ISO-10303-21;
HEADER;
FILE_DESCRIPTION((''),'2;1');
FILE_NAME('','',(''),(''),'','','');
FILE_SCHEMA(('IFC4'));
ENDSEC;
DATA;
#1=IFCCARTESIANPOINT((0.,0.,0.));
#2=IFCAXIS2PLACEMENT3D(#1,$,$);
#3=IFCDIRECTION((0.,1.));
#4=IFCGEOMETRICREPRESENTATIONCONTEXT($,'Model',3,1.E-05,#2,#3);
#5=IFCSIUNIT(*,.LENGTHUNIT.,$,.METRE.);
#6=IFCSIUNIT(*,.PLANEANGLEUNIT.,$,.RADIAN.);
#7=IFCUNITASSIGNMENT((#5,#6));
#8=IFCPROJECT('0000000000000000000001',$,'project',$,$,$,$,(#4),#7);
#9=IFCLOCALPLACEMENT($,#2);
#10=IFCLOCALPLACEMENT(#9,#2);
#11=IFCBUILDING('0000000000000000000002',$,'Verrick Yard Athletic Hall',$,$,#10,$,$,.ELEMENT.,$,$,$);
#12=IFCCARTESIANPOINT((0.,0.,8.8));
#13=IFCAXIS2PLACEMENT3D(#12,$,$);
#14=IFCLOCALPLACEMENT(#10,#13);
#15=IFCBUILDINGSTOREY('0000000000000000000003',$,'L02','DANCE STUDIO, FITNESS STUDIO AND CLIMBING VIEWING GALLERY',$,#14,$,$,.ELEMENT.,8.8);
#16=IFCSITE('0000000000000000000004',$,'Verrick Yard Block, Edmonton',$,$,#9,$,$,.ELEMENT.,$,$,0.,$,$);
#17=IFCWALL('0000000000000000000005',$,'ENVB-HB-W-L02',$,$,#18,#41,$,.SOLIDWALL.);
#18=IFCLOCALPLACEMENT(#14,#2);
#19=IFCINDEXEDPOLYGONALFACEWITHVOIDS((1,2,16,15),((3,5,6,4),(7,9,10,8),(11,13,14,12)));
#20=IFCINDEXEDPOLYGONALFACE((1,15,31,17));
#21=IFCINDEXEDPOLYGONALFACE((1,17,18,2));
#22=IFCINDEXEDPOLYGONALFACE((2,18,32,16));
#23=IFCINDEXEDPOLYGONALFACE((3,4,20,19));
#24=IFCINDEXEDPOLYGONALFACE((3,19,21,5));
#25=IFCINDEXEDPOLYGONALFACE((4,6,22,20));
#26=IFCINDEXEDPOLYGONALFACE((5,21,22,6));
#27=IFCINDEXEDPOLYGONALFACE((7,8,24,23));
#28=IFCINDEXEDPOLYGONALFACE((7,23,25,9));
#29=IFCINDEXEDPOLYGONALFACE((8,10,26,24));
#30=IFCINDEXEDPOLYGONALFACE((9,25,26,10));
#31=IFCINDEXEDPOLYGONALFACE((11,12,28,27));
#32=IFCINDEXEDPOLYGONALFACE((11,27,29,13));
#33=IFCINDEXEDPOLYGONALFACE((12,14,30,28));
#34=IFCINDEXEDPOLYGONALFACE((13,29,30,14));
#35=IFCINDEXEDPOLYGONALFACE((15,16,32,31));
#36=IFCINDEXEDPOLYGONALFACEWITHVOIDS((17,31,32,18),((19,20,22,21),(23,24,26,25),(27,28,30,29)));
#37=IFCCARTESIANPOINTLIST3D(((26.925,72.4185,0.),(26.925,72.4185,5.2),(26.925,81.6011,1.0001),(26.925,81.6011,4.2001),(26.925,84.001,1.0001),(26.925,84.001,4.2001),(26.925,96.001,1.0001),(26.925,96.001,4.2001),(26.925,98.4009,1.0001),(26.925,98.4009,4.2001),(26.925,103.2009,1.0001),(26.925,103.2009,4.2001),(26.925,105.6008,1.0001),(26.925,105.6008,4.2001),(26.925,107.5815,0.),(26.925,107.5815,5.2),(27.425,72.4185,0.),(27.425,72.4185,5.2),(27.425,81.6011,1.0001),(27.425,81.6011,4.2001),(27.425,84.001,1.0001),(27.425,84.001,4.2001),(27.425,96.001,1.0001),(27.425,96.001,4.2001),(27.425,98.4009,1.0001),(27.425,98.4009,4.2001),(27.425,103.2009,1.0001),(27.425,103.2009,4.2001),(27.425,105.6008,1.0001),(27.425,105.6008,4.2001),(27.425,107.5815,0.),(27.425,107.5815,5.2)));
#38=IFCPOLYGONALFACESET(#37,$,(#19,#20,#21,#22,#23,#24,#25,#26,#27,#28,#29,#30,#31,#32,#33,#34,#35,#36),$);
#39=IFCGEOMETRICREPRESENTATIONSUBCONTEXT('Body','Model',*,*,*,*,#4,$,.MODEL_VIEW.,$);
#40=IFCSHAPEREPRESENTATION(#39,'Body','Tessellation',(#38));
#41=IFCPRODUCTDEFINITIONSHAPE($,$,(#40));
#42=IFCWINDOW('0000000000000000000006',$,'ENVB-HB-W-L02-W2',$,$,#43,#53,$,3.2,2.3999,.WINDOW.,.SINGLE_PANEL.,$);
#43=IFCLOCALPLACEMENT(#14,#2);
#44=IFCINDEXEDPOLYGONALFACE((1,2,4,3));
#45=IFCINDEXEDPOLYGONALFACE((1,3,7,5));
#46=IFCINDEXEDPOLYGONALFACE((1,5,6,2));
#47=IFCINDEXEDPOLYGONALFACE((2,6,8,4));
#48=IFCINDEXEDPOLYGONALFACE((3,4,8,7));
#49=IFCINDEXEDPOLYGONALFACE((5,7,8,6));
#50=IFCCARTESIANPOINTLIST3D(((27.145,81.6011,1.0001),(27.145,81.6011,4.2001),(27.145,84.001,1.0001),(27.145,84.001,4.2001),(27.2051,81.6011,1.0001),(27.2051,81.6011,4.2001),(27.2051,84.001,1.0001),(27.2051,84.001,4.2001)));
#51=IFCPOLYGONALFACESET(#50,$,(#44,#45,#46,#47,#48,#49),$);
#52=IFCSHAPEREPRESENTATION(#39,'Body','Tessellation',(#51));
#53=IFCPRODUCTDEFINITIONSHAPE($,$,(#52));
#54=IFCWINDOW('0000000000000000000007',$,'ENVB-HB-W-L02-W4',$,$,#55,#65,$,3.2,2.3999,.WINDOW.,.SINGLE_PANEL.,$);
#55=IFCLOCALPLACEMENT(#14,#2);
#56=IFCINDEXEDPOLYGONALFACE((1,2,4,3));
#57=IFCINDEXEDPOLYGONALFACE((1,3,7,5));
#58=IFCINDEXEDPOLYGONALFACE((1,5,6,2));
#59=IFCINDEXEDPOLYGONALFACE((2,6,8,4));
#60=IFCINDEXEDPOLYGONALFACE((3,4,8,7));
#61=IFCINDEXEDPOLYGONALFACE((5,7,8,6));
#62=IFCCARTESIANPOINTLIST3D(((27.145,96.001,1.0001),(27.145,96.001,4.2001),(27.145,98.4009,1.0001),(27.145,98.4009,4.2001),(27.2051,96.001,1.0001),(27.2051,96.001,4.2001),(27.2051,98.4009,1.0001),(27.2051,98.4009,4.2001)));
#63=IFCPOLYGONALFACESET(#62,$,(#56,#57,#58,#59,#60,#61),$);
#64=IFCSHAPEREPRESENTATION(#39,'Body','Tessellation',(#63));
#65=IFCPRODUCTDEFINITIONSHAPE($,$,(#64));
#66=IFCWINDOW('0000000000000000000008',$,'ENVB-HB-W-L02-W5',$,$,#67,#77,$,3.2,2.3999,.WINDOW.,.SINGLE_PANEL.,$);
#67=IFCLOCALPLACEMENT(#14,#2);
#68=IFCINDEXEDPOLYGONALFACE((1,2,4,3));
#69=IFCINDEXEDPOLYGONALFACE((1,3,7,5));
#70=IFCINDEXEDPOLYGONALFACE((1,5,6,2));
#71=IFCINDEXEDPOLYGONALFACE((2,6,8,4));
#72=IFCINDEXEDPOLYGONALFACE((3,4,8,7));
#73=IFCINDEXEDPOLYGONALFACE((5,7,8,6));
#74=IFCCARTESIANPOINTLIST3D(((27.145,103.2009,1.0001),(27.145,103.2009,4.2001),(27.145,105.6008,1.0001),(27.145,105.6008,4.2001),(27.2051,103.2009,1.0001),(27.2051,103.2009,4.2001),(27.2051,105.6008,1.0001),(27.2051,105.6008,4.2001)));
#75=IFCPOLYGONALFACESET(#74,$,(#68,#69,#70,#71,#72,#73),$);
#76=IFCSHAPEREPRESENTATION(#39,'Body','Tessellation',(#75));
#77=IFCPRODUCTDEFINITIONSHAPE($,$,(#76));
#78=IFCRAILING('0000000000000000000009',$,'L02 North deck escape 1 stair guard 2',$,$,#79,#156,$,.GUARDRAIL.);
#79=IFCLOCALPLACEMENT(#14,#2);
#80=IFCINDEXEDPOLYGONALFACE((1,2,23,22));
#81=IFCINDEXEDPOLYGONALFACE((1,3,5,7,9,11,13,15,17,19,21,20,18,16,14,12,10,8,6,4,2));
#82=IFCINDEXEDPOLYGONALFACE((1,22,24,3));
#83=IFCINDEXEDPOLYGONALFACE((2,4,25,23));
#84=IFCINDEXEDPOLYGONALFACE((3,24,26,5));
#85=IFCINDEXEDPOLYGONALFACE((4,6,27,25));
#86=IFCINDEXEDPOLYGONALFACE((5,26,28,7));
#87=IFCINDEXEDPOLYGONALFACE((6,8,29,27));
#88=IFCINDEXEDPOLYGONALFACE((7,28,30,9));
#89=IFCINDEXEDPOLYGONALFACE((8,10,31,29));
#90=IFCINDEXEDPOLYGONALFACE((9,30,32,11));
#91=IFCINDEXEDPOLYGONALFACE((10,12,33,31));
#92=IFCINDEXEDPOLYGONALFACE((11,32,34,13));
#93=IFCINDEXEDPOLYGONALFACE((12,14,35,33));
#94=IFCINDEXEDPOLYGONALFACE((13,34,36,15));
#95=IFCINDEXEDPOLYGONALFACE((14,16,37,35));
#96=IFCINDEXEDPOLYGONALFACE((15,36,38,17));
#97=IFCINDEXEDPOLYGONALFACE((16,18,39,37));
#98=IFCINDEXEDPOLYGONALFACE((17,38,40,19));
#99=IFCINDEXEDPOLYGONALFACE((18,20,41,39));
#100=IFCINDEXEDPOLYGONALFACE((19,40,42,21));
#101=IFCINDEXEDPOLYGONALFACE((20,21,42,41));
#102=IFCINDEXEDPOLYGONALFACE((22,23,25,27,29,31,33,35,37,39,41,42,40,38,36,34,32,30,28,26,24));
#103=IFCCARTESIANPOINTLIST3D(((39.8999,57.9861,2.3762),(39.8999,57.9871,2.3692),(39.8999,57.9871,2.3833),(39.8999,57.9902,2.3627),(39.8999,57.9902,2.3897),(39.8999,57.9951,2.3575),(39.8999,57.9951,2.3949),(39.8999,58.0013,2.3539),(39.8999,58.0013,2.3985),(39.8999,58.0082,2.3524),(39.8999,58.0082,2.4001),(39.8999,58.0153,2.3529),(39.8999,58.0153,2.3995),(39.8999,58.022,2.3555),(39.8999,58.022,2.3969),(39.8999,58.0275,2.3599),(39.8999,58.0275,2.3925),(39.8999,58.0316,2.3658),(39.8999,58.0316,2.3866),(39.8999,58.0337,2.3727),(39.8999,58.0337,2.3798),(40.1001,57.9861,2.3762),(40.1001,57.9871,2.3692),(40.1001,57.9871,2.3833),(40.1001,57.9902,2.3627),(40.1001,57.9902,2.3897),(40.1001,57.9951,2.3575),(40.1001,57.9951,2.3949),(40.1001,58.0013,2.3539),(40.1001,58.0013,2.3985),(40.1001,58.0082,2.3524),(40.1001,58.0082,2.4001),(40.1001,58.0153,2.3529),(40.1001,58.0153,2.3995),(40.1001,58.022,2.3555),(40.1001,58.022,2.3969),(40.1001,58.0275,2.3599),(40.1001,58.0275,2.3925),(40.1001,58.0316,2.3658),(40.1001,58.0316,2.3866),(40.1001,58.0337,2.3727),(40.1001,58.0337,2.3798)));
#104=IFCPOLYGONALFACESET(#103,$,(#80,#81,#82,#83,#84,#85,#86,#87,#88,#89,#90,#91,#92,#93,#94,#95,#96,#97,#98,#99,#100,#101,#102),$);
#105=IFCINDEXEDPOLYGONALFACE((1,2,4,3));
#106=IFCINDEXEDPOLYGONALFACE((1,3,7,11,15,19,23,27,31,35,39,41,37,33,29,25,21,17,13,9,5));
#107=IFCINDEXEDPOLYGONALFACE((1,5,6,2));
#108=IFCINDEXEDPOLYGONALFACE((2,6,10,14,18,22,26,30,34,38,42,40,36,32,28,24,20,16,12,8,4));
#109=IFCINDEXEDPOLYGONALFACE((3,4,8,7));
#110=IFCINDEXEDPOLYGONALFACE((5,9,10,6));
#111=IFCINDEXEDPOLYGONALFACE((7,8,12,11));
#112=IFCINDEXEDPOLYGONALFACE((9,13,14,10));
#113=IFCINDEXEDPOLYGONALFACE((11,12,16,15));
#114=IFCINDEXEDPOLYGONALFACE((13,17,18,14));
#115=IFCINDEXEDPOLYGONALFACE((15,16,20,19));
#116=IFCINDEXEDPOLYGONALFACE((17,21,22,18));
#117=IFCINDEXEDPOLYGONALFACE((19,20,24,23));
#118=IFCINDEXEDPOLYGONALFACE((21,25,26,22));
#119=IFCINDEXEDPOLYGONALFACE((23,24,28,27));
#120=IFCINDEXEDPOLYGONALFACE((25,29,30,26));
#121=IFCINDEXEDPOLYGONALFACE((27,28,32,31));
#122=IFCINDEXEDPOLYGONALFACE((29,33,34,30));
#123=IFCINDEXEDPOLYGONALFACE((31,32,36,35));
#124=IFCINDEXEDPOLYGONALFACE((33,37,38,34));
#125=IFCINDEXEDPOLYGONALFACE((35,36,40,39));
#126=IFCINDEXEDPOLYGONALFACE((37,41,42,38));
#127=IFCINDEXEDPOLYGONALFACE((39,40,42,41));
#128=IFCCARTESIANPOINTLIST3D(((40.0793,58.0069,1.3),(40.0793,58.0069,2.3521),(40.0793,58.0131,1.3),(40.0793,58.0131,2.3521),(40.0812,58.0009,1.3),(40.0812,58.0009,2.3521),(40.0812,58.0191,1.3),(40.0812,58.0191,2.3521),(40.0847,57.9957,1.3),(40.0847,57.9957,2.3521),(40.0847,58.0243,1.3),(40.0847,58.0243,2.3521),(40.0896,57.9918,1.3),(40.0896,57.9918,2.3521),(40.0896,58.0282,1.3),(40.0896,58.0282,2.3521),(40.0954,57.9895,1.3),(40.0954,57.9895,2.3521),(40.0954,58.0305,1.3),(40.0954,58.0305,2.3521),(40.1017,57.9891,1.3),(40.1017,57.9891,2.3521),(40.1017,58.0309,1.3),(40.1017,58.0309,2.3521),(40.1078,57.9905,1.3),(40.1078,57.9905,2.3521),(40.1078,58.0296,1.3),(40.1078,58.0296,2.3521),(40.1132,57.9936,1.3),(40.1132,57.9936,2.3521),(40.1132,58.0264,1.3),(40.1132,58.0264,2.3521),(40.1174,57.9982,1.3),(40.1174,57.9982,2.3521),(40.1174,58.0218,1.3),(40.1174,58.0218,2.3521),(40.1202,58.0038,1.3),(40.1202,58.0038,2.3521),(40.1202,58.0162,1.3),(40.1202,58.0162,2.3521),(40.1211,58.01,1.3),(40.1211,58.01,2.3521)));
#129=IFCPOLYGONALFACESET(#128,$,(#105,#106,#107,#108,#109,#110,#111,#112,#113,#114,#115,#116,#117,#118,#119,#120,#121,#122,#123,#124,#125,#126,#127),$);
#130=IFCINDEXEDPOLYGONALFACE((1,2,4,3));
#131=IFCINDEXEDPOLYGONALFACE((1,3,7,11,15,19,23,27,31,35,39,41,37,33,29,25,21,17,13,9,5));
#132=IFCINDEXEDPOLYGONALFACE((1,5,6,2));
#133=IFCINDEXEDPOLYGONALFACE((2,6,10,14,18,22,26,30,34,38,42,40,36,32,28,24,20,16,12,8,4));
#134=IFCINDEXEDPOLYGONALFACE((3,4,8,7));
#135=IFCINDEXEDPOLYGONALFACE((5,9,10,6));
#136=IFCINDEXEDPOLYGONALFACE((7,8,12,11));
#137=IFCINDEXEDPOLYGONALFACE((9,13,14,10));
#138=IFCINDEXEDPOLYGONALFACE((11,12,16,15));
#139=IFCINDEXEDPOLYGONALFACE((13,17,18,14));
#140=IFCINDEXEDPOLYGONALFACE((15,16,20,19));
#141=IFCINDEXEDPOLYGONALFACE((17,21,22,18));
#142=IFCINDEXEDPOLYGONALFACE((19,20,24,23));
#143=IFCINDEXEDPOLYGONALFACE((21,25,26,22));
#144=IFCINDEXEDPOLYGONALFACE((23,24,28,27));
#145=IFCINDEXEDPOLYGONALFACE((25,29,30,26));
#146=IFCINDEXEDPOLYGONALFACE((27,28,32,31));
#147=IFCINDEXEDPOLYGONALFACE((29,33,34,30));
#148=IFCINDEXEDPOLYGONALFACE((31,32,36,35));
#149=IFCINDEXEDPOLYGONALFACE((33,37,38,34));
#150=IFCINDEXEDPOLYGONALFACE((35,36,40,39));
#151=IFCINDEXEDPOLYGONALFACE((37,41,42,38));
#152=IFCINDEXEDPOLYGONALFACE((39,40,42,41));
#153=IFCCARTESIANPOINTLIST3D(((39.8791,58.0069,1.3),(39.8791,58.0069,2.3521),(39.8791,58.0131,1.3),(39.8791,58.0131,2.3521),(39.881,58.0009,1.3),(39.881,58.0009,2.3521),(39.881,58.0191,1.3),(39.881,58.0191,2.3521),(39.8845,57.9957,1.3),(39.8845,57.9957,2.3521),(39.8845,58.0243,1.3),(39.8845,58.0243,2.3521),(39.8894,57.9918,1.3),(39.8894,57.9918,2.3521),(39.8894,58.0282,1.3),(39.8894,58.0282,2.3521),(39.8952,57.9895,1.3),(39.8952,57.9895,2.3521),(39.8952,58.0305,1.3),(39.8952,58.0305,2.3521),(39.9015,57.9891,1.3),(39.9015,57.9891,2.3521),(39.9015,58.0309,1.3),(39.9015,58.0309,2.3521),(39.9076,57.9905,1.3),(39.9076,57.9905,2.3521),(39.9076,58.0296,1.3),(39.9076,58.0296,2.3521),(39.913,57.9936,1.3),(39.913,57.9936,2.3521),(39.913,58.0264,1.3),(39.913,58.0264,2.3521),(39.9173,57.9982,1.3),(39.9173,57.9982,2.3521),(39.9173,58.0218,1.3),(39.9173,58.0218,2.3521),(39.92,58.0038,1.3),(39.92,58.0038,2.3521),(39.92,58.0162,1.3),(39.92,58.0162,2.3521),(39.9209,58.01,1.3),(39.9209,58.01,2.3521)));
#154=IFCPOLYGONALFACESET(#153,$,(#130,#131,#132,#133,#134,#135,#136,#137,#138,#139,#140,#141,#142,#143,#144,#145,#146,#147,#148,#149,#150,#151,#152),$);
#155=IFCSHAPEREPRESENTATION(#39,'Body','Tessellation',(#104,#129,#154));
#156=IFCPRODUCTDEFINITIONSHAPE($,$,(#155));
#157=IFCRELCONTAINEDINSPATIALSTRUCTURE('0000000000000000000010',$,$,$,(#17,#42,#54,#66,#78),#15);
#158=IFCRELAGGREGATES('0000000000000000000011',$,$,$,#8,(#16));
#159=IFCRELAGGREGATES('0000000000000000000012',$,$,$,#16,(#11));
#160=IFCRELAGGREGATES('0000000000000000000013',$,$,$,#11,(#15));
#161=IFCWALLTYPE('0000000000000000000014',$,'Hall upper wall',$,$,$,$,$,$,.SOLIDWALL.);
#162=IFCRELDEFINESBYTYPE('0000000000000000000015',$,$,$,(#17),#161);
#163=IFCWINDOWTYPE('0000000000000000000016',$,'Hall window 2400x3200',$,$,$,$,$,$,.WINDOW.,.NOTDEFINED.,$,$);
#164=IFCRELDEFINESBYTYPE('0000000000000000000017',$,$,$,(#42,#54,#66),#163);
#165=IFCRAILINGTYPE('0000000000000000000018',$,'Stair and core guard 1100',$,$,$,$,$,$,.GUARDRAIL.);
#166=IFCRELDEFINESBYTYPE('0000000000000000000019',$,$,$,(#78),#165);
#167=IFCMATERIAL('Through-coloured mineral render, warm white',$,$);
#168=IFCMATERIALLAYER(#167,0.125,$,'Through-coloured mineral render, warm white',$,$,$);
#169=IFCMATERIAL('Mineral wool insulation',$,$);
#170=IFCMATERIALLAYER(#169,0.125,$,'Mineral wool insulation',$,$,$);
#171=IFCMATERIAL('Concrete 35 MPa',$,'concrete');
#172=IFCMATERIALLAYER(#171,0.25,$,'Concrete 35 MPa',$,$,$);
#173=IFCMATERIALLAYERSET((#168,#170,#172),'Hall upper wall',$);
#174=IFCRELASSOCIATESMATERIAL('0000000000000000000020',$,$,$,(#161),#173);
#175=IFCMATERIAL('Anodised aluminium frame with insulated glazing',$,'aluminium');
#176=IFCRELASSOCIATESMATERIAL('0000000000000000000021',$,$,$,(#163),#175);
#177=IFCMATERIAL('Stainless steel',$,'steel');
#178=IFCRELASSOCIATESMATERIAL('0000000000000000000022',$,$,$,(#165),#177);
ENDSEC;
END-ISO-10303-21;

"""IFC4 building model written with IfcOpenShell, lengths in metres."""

from ifc_helpers import new_model, si_unit, direction, frame, frame_2d, origin, origin_2d, place, context, subcontext, project, spatial, rectangle, circle, extrude, material, layer, layer_set, type_object, element, fill, save


model = new_model("IFC4")

# Units and contexts
model_context = context("Model", 3, precision=1e-05, world=origin(), true_north=direction((0.0, 1.0)))
body_context = subcontext(model_context, "Body", "Model", "MODEL_VIEW")
ifc_project = project(units=[si_unit("LENGTHUNIT", "METRE"), si_unit("PLANEANGLEUNIT", "RADIAN")], contexts=[model_context])

# Site, building, storey
site_placement = place(None, origin())
site = spatial("IfcSite", under=ifc_project, at=site_placement, Name="Verrick Yard Block, Edmonton", CompositionType="ELEMENT", RefElevation=0.0)
building_placement = place(site_placement, origin())
building = spatial("IfcBuilding", under=site, at=building_placement, Name="Verrick Yard Athletic Hall", CompositionType="ELEMENT")
storey_placement = place(building_placement, frame((0.0, 0.0, 8.8)))
storey = spatial("IfcBuildingStorey", under=building, at=storey_placement, Name="L02", Description="DANCE STUDIO, FITNESS STUDIO AND CLIMBING VIEWING GALLERY", CompositionType="ELEMENT", Elevation=8.8)

# Shared definitions
ifc_material_1 = material(Name="Concrete 35 MPa", Category="concrete")
ifc_material_2 = material(Name="Mineral wool insulation")

# Wall, openings, windows
ifc_material_3 = material(Name="Through-coloured mineral render, warm white")
ifc_layer_1 = layer(ifc_material_3, 0.125, Name="Through-coloured mineral render, warm white")
ifc_layer_2 = layer(ifc_material_2, 0.125, Name="Mineral wool insulation")
ifc_layer_3 = layer(ifc_material_1, 0.25, Name="Concrete 35 MPa")
ifc_layer_set_1 = layer_set([ifc_layer_1, ifc_layer_2, ifc_layer_3], Name="Hall upper wall")
wall_type_1 = type_object("IfcWallType", Name="Hall upper wall", PredefinedType="SOLIDWALL", material=ifc_layer_set_1)
wall_1_placement = place(storey_placement, frame((27.175, 72.4185, 0.0), z_axis=(0.0, 0.0, 1.0), x_axis=(0.0, 1.0, 0.0)))
wall_1 = element("IfcWall", 1, at=wall_1_placement, inside=storey, type_object=wall_type_1, Name="ENVB-HB-W-L02", PredefinedType="SOLIDWALL", context=body_context, shape_type="SweptSolid", body=[
    extrude(rectangle(XDim=35.1631, YDim=0.5, at=frame_2d((17.5815, 0.0))), origin(), (0.0, 0.0, 1.0), 5.2),
])
opening_1_placement = place(wall_1_placement, frame((9.1826, 0.0, 1.0)))
opening_1 = element("IfcOpeningElement", 2, at=opening_1_placement, cuts=wall_1, PredefinedType="OPENING", context=body_context, shape_type="SweptSolid", body=[
    extrude(rectangle(XDim=2.3999, YDim=3.2, at=frame_2d((1.2, 1.6001))), frame((0.0, 0.26, 0.0), z_axis=(0.0, -1.0, 0.0), x_axis=(1.0, 0.0, 0.0)), (0.0, 0.0, 1.0), 0.52),
])
opening_2_placement = place(wall_1_placement, frame((23.5825, 0.0, 1.0)))
opening_2 = element("IfcOpeningElement", 3, at=opening_2_placement, cuts=wall_1, PredefinedType="OPENING", context=body_context, shape_type="SweptSolid", body=[
    extrude(rectangle(XDim=2.3999, YDim=3.2, at=frame_2d((1.2, 1.6001))), frame((0.0, 0.26, 0.0), z_axis=(0.0, -1.0, 0.0), x_axis=(1.0, 0.0, 0.0)), (0.0, 0.0, 1.0), 0.52),
])
opening_3_placement = place(wall_1_placement, frame((30.7825, 0.0, 1.0)))
opening_3 = element("IfcOpeningElement", 4, at=opening_3_placement, cuts=wall_1, PredefinedType="OPENING", context=body_context, shape_type="SweptSolid", body=[
    extrude(rectangle(XDim=2.3999, YDim=3.2, at=frame_2d((1.2, 1.6001))), frame((0.0, 0.26, 0.0), z_axis=(0.0, -1.0, 0.0), x_axis=(1.0, 0.0, 0.0)), (0.0, 0.0, 1.0), 0.52),
])
ifc_material_4 = material(Name="Anodised aluminium frame with insulated glazing", Category="aluminium")
window_type = type_object("IfcWindowType", Name="Hall window 2400x3200", PartitioningType="NOTDEFINED", PredefinedType="WINDOW", material=ifc_material_4)
window_1_placement = place(opening_1_placement, origin())
window_1 = element("IfcWindow", 5, at=window_1_placement, inside=storey, type_object=window_type, Name="ENVB-HB-W-L02-W2", OverallHeight=3.2, OverallWidth=2.3999, PartitioningType="SINGLE_PANEL", PredefinedType="WINDOW", context=body_context, shape_type="SweptSolid", body=[
    extrude(rectangle(XDim=2.3999, YDim=3.2, at=frame_2d((1.2, 1.6001))), frame((0.0, 0.03, 0.0), z_axis=(0.0, -1.0, 0.0), x_axis=(1.0, 0.0, 0.0)), (0.0, 0.0, 1.0), 0.0601),
])
fill(opening_1, window_1)
window_2_placement = place(opening_2_placement, origin())
window_2 = element("IfcWindow", 6, at=window_2_placement, inside=storey, type_object=window_type, Name="ENVB-HB-W-L02-W4", OverallHeight=3.2, OverallWidth=2.3999, PartitioningType="SINGLE_PANEL", PredefinedType="WINDOW", context=body_context, shape_type="SweptSolid", body=[
    extrude(rectangle(XDim=2.3999, YDim=3.2, at=frame_2d((1.2, 1.6001))), frame((0.0, 0.03, 0.0), z_axis=(0.0, -1.0, 0.0), x_axis=(1.0, 0.0, 0.0)), (0.0, 0.0, 1.0), 0.0601),
])
fill(opening_2, window_2)
window_3_placement = place(opening_3_placement, origin())
window_3 = element("IfcWindow", 7, at=window_3_placement, inside=storey, type_object=window_type, Name="ENVB-HB-W-L02-W5", OverallHeight=3.2, OverallWidth=2.3999, PartitioningType="SINGLE_PANEL", PredefinedType="WINDOW", context=body_context, shape_type="SweptSolid", body=[
    extrude(rectangle(XDim=2.3999, YDim=3.2, at=frame_2d((1.2, 1.6001))), frame((0.0, 0.03, 0.0), z_axis=(0.0, -1.0, 0.0), x_axis=(1.0, 0.0, 0.0)), (0.0, 0.0, 1.0), 0.0601),
])
fill(opening_3, window_3)

# Railing
ifc_material_5 = material(Name="Stainless steel", Category="steel")
railing_type_1 = type_object("IfcRailingType", Name="Stair and core guard 1100", PredefinedType="GUARDRAIL", material=ifc_material_5)
railing_1_placement = place(storey_placement, frame((40.1001, 58.01, 1.3)))
element("IfcRailing", 8, at=railing_1_placement, inside=storey, type_object=railing_type_1, Name="L02 North deck escape 1 stair guard 2", PredefinedType="GUARDRAIL", context=body_context, shape_type="SweptSolid", body=[
    extrude(circle(Radius=0.0239, at=origin_2d()), frame((0.0, 0.0, 1.0762), z_axis=(-1.0, 0.0, 0.0), x_axis=(0.0, -1.0, 0.0)), (0.0, 0.0, 1.0), 0.2002),
    extrude(circle(Radius=0.021, at=origin_2d()), origin(), (0.0, 0.0, 1.0), 1.052),
    extrude(circle(Radius=0.021, at=origin_2d()), frame((-0.2002, 0.0, 0.0)), (0.0, 0.0, 1.0), 1.052),
])

save(model, "model.ifc")
